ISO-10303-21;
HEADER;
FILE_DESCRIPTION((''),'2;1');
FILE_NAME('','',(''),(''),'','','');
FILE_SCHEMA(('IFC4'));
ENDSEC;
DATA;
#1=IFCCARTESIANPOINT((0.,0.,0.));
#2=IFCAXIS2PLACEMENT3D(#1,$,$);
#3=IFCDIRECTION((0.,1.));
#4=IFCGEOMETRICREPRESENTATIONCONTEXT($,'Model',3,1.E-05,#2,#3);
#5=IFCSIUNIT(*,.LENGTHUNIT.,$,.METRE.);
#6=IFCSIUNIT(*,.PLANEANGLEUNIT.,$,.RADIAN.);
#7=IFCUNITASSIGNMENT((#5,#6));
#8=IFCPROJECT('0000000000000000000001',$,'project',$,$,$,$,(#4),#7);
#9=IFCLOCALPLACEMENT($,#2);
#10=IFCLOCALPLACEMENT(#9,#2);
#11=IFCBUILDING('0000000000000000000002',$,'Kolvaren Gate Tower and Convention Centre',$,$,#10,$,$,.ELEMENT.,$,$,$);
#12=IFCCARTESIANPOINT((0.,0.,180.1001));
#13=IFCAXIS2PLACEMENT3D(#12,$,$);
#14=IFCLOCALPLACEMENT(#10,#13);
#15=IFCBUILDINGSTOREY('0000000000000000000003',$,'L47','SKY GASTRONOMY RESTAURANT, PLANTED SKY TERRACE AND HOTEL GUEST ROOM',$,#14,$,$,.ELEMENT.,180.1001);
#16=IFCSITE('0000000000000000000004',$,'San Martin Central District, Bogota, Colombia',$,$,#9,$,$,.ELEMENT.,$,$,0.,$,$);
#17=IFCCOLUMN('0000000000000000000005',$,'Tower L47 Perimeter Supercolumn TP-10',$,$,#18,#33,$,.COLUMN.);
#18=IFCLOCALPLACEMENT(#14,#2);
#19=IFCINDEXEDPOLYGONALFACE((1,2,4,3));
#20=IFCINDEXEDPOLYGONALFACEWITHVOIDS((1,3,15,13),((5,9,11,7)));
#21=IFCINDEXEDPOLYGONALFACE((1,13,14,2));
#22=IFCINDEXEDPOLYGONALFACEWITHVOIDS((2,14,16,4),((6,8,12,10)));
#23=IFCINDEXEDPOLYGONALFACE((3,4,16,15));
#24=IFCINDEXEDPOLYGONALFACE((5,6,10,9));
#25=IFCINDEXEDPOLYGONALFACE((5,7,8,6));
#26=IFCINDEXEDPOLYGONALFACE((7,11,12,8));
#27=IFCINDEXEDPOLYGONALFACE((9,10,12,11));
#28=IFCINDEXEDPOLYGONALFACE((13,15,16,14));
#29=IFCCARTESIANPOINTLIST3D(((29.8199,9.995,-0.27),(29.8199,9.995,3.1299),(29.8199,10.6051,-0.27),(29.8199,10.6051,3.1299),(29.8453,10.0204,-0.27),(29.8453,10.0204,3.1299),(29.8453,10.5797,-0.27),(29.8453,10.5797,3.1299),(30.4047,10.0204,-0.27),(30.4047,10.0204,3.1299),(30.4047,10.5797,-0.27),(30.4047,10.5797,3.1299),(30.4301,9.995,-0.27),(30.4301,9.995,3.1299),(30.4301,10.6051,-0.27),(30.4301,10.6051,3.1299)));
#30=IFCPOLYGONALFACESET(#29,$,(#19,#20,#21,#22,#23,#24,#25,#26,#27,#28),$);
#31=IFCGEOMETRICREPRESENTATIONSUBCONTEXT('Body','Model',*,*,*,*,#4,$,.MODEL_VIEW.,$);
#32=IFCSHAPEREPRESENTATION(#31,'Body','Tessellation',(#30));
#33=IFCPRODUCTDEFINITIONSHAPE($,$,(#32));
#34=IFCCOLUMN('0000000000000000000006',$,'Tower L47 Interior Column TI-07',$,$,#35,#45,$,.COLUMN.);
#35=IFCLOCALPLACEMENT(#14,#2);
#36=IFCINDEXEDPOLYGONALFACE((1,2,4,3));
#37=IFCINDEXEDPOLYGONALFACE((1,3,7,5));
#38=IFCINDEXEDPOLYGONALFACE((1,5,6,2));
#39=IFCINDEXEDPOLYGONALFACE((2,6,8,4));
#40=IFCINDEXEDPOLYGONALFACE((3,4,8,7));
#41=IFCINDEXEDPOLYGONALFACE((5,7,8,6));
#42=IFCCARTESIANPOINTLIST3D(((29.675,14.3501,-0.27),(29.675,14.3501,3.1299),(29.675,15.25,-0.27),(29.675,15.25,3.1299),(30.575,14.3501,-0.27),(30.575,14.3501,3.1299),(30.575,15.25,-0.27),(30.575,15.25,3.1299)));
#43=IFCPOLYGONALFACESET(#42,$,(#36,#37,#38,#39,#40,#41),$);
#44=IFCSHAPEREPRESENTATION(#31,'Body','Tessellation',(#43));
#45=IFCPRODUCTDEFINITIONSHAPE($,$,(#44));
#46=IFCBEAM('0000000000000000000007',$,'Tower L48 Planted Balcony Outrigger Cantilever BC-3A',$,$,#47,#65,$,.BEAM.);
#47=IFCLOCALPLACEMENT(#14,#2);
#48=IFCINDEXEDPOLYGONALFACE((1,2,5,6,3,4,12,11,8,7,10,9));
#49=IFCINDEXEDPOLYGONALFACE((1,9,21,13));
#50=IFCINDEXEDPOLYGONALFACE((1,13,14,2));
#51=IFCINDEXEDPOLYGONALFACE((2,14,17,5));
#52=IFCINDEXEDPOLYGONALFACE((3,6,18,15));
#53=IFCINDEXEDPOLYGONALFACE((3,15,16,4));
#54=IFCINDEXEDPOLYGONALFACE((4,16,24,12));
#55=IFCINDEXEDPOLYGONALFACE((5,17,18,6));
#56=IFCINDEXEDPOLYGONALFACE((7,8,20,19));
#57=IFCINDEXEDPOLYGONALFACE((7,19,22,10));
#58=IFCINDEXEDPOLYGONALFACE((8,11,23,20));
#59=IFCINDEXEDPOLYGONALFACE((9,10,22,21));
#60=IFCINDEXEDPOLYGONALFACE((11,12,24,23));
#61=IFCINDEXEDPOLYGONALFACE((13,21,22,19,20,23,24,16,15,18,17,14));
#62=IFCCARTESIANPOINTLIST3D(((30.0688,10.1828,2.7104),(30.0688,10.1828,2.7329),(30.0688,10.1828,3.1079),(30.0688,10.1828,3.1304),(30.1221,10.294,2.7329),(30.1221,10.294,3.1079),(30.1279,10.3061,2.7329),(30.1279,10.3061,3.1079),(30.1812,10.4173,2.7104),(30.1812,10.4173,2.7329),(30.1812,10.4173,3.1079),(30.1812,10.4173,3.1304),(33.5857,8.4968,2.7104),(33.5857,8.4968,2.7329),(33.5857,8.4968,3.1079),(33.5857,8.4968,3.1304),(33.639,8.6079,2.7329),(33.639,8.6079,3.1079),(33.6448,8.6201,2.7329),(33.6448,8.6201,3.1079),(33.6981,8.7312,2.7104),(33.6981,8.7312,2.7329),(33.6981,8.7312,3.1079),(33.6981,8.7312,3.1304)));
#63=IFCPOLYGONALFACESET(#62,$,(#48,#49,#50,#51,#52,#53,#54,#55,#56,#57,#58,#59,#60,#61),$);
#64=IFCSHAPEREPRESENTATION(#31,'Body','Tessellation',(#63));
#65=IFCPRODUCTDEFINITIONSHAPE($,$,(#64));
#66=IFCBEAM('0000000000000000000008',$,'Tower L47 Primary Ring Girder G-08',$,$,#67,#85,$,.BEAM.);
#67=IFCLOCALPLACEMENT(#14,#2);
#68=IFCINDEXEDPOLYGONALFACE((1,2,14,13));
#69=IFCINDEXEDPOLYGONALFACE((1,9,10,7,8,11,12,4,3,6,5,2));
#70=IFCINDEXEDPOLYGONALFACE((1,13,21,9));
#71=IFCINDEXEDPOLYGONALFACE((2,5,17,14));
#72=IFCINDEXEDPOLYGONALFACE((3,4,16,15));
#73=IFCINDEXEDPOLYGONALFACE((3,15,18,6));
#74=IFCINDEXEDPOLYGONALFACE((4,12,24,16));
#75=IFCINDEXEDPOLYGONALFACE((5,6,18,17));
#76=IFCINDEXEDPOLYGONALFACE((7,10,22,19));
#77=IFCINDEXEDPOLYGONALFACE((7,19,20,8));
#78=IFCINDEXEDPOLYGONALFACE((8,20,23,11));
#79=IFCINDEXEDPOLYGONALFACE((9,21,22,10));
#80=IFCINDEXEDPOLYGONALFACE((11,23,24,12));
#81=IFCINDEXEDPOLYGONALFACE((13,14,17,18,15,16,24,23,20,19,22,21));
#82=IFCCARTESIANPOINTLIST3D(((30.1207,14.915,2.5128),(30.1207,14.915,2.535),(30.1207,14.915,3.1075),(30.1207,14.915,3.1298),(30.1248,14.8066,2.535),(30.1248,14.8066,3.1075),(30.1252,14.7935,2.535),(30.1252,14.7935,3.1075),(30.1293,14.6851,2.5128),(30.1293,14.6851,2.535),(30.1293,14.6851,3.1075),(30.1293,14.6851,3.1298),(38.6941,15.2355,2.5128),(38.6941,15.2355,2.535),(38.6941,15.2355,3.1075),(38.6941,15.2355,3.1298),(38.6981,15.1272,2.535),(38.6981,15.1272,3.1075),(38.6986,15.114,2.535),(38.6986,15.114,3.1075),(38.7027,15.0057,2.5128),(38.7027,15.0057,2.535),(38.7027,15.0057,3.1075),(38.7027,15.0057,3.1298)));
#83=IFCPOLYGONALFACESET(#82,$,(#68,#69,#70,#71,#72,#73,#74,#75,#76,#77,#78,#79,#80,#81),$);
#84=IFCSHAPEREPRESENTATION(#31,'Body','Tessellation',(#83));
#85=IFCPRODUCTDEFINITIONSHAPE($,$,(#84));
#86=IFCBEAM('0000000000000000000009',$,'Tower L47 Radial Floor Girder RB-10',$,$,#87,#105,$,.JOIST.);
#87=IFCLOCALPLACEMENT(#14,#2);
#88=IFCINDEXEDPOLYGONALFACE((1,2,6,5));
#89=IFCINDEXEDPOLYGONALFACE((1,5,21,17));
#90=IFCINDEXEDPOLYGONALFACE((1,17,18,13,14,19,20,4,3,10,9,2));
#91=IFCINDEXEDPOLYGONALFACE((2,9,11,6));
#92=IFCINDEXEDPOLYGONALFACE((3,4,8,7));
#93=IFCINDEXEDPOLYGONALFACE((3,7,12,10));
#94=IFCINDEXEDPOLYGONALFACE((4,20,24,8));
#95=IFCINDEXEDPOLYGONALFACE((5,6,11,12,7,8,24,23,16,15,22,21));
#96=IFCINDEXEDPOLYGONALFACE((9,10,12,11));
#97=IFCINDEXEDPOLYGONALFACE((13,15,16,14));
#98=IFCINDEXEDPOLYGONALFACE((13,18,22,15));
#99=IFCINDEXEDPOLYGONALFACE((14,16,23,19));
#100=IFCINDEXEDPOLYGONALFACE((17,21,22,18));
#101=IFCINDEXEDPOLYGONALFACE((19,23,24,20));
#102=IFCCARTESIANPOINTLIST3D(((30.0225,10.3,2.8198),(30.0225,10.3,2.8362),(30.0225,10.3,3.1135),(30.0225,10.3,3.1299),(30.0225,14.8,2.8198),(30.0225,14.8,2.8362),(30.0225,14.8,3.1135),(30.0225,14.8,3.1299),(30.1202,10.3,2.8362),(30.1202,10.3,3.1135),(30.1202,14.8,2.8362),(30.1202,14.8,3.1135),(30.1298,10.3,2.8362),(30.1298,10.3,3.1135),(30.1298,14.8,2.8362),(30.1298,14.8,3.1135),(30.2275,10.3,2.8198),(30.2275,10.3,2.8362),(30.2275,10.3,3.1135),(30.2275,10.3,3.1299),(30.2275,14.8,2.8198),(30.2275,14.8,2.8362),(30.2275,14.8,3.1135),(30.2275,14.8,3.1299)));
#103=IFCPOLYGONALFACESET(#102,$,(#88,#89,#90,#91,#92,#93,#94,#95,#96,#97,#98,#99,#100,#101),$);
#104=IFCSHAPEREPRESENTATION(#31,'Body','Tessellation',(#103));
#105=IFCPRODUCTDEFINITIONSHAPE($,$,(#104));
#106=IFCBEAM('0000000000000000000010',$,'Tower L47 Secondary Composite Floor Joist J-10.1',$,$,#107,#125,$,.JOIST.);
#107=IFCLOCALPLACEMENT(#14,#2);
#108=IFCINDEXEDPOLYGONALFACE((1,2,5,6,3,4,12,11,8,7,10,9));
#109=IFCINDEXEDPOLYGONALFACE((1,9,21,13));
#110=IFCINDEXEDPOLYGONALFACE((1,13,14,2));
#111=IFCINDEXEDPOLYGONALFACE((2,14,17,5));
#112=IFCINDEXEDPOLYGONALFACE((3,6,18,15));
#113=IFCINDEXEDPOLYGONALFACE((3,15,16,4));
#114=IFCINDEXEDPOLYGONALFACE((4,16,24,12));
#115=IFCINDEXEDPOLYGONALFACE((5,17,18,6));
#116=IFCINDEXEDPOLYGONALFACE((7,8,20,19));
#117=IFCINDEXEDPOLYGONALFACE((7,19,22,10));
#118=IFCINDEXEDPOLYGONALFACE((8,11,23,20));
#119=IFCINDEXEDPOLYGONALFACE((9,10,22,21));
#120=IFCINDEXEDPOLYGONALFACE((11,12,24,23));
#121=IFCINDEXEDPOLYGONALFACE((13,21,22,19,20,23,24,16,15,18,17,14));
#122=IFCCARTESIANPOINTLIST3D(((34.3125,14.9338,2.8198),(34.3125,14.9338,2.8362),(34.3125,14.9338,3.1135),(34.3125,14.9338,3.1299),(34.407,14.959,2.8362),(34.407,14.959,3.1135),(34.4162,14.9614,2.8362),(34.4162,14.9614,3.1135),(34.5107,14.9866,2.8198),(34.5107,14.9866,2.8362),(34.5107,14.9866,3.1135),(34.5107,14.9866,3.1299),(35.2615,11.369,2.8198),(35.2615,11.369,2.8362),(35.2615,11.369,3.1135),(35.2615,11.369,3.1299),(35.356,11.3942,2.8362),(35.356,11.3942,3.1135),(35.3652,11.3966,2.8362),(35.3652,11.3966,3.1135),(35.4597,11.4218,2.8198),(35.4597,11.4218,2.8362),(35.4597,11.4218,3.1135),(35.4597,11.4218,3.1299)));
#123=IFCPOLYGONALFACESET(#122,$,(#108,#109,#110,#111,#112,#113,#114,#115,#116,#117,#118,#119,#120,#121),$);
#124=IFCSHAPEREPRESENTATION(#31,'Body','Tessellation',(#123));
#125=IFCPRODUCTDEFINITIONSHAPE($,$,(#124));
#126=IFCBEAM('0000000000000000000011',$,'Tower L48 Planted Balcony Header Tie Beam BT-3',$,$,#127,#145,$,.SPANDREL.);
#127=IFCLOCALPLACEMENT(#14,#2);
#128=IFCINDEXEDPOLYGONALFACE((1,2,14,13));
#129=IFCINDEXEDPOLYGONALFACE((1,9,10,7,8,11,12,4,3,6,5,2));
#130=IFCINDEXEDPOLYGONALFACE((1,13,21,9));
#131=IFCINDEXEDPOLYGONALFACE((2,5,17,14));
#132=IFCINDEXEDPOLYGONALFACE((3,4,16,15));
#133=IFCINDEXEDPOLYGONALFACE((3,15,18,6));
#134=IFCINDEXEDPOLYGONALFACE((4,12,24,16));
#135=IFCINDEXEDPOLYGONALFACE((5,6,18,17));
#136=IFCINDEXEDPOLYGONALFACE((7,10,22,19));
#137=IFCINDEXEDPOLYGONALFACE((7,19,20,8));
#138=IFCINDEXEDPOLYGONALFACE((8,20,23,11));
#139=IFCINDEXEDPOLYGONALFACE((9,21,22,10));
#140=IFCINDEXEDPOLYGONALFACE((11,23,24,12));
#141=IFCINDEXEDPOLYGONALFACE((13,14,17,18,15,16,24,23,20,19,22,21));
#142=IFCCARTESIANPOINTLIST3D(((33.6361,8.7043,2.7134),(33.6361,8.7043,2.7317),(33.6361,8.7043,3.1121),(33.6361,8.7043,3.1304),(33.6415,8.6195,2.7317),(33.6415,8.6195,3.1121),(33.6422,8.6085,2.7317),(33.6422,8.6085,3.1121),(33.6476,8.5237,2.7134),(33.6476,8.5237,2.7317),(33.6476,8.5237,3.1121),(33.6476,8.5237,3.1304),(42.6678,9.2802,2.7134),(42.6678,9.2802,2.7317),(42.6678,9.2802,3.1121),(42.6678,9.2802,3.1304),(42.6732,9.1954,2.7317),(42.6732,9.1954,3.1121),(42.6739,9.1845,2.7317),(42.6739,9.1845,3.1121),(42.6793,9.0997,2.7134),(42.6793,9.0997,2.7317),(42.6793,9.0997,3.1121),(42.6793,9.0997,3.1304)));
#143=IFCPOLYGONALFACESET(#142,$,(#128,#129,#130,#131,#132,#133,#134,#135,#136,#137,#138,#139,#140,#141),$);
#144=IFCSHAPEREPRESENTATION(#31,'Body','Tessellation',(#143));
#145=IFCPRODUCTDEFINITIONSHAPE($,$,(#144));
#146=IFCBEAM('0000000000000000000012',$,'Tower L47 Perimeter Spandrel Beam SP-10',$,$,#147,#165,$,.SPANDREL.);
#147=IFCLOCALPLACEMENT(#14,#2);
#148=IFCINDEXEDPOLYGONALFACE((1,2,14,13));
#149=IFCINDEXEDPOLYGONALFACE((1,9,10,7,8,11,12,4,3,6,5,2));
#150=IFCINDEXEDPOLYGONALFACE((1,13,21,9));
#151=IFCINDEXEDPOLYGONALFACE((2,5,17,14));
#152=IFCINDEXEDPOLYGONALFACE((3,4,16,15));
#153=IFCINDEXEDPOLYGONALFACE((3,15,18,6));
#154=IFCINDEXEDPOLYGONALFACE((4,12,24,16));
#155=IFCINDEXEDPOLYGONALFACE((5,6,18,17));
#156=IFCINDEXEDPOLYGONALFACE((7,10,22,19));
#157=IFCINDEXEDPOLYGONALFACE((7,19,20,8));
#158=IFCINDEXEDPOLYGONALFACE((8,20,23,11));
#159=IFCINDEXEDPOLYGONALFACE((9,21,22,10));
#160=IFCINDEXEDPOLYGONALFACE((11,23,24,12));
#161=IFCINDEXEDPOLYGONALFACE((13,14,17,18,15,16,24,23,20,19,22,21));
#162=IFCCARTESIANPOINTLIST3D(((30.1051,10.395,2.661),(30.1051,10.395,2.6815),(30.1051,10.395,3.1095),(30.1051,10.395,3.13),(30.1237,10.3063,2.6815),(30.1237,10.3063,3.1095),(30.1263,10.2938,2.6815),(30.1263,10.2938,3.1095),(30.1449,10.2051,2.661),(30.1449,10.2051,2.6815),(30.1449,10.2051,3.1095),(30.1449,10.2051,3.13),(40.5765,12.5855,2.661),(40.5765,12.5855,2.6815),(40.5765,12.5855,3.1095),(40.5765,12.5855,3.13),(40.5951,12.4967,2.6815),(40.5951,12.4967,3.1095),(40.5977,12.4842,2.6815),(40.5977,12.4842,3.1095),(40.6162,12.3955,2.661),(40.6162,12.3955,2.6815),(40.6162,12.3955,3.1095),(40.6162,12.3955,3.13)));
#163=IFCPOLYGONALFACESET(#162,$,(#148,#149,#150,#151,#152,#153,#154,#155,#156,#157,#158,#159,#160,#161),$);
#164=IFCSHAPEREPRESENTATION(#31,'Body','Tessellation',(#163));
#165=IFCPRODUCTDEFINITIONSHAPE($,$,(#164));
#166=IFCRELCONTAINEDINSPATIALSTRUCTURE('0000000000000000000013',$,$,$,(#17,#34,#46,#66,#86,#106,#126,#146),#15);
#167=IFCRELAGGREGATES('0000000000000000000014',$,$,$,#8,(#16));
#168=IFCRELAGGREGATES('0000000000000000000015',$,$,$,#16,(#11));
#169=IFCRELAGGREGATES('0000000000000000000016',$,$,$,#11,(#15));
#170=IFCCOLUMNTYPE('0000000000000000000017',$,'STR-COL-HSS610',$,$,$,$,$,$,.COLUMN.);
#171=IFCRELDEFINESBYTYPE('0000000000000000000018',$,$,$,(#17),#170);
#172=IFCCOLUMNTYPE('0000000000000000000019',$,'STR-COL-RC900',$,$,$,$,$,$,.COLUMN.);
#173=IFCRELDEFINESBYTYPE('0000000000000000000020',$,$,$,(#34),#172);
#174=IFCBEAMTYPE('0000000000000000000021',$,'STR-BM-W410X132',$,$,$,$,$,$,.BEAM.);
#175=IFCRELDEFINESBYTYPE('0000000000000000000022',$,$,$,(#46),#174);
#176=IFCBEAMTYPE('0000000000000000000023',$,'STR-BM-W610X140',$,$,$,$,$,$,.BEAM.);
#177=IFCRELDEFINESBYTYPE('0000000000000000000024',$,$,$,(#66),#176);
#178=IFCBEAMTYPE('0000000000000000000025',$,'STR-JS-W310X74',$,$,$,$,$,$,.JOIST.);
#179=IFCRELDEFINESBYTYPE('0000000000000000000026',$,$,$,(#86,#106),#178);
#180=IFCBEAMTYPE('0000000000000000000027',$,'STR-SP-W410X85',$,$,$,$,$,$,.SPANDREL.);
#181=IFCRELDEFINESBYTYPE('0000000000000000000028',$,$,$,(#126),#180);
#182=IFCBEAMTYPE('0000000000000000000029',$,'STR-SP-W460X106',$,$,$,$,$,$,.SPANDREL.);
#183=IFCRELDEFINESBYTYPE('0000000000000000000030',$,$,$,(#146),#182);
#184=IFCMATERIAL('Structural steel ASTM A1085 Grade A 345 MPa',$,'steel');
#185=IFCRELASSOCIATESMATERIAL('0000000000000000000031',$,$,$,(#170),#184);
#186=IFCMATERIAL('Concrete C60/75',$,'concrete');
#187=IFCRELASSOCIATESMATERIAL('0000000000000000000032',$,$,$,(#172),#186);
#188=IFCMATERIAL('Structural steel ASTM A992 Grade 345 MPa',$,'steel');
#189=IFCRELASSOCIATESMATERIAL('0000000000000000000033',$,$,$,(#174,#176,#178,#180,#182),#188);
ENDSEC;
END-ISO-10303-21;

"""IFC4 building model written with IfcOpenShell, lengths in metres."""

from ifc_helpers import new_model, si_unit, direction, frame, origin, origin_2d, place, context, subcontext, project, spatial, rectangle, hollow_rectangle, i_section, extrude, material, material_profile, profile_set, type_object, element, save


model = new_model("IFC4")

# Units and contexts
model_context = context("Model", 3, precision=1e-05, world=origin(), true_north=direction((0.0, 1.0)))
body_context = subcontext(model_context, "Body", "Model", "MODEL_VIEW")
ifc_project = project(units=[si_unit("LENGTHUNIT", "METRE"), si_unit("PLANEANGLEUNIT", "RADIAN")], contexts=[model_context])

# Site, building, storey
site_placement = place(None, origin())
site = spatial("IfcSite", under=ifc_project, at=site_placement, Name="San Martin Central District, Bogota, Colombia", CompositionType="ELEMENT", RefElevation=0.0)
building_placement = place(site_placement, origin())
building = spatial("IfcBuilding", under=site, at=building_placement, Name="Kolvaren Gate Tower and Convention Centre", CompositionType="ELEMENT")
storey_placement = place(building_placement, frame((0.0, 0.0, 180.1001)))
storey = spatial("IfcBuildingStorey", under=building, at=storey_placement, Name="L47", Description="SKY GASTRONOMY RESTAURANT, PLANTED SKY TERRACE AND HOTEL GUEST ROOM", CompositionType="ELEMENT", Elevation=180.1001)

# Columns
ifc_material_1 = material(Name="Structural steel ASTM A1085 Grade A 345 MPa", Category="steel")
ifc_material_profile_1 = material_profile(ifc_material_1, hollow_rectangle(XDim=0.6101, YDim=0.6101, WallThickness=0.0254, at=origin_2d()), Name="HSS610X610X25.4")
ifc_profile_set_1 = profile_set([ifc_material_profile_1], Name="Structural steel ASTM A1085 Grade A 345 MPa")
column_type_1 = type_object("IfcColumnType", Name="STR-COL-HSS610", PredefinedType="COLUMN", material=ifc_profile_set_1)
column_1_placement = place(storey_placement, frame((30.125, 10.3, -0.27), z_axis=(0.0, 0.0, 1.0), x_axis=(1.0, 0.0, 0.0)))
element("IfcColumn", 1, at=column_1_placement, inside=storey, type_object=column_type_1, Name="Tower L47 Perimeter Supercolumn TP-10", PredefinedType="COLUMN", context=body_context, shape_type="SweptSolid", body=[
    extrude(hollow_rectangle(XDim=0.6101, YDim=0.6101, WallThickness=0.0254, at=origin_2d()), origin(), (0.0, 0.0, 1.0), 3.3999),
])
ifc_material_2 = material(Name="Concrete C60/75", Category="concrete")
ifc_material_profile_2 = material_profile(ifc_material_2, rectangle(XDim=0.8999, YDim=0.8999, at=origin_2d()), Name="RC-COL-900X900")
ifc_profile_set_2 = profile_set([ifc_material_profile_2], Name="Concrete C60/75")
column_type_2 = type_object("IfcColumnType", Name="STR-COL-RC900", PredefinedType="COLUMN", material=ifc_profile_set_2)
column_2_placement = place(storey_placement, frame((30.125, 14.8, -0.27), z_axis=(0.0, 0.0, 1.0), x_axis=(1.0, 0.0, 0.0)))
element("IfcColumn", 2, at=column_2_placement, inside=storey, type_object=column_type_2, Name="Tower L47 Interior Column TI-07", PredefinedType="COLUMN", context=body_context, shape_type="SweptSolid", body=[
    extrude(rectangle(XDim=0.8999, YDim=0.8999, at=origin_2d()), origin(), (0.0, 0.0, 1.0), 3.3999),
])

# Beams
ifc_material_3 = material(Name="Structural steel ASTM A992 Grade 345 MPa", Category="steel")
ifc_material_profile_3 = material_profile(ifc_material_3, i_section(OverallWidth=0.26, OverallDepth=0.4199, WebThickness=0.0134, FlangeThickness=0.0225, at=origin_2d()), Name="W410X132")
ifc_profile_set_3 = profile_set([ifc_material_profile_3], Name="Structural steel ASTM A992 Grade 345 MPa")
beam_type_1 = type_object("IfcBeamType", Name="STR-BM-W410X132", PredefinedType="BEAM", material=ifc_profile_set_3)
beam_1_placement = place(storey_placement, frame((30.125, 10.3, 2.9204), z_axis=(0.901728, -0.432304, 0.0), x_axis=(0.432304, 0.901728, 0.0)))
element("IfcBeam", 3, at=beam_1_placement, inside=storey, type_object=beam_type_1, Name="Tower L48 Planted Balcony Outrigger Cantilever BC-3A", PredefinedType="BEAM", context=body_context, shape_type="SweptSolid", body=[
    extrude(i_section(OverallWidth=0.26, OverallDepth=0.4199, WebThickness=0.0134, FlangeThickness=0.0225, at=origin_2d()), origin(), (0.0, 0.0, 1.0), 3.9001),
])
ifc_material_profile_4 = material_profile(ifc_material_3, i_section(OverallWidth=0.23, OverallDepth=0.6169, WebThickness=0.0132, FlangeThickness=0.0222, at=origin_2d()), Name="W610X140")
ifc_profile_set_4 = profile_set([ifc_material_profile_4], Name="Structural steel ASTM A992 Grade 345 MPa")
beam_type_2 = type_object("IfcBeamType", Name="STR-BM-W610X140", PredefinedType="BEAM", material=ifc_profile_set_4)
beam_2_placement = place(storey_placement, frame((30.125, 14.8, 2.8213), z_axis=(0.999302, 0.037364, 0.0), x_axis=(-0.037364, 0.999302, 0.0)))
element("IfcBeam", 4, at=beam_2_placement, inside=storey, type_object=beam_type_2, Name="Tower L47 Primary Ring Girder G-08", PredefinedType="BEAM", context=body_context, shape_type="SweptSolid", body=[
    extrude(i_section(OverallWidth=0.23, OverallDepth=0.6169, WebThickness=0.0132, FlangeThickness=0.0222, at=origin_2d()), origin(), (0.0, 0.0, 1.0), 8.5793),
])
ifc_material_profile_5 = material_profile(ifc_material_3, i_section(OverallWidth=0.2051, OverallDepth=0.3101, WebThickness=0.0095, FlangeThickness=0.0164, at=origin_2d()), Name="W310X74")
ifc_profile_set_5 = profile_set([ifc_material_profile_5], Name="Structural steel ASTM A992 Grade 345 MPa")
beam_type_3 = type_object("IfcBeamType", Name="STR-JS-W310X74", PredefinedType="JOIST", material=ifc_profile_set_5)
beam_3_placement = place(storey_placement, frame((30.125, 14.8, 2.9749), z_axis=(0.0, -1.0, 0.0), x_axis=(1.0, 0.0, 0.0)))
element("IfcBeam", 5, at=beam_3_placement, inside=storey, type_object=beam_type_3, Name="Tower L47 Radial Floor Girder RB-10", PredefinedType="JOIST", context=body_context, shape_type="SweptSolid", body=[
    extrude(i_section(OverallWidth=0.2051, OverallDepth=0.3101, WebThickness=0.0095, FlangeThickness=0.0164, at=origin_2d()), origin(), (0.0, 0.0, 1.0), 4.5),
])
beam_4_placement = place(storey_placement, frame((34.4116, 14.9602, 2.9749), z_axis=(0.257238, -0.966348, 0.0), x_axis=(0.966348, 0.257238, 0.0)))
element("IfcBeam", 6, at=beam_4_placement, inside=storey, type_object=beam_type_3, Name="Tower L47 Secondary Composite Floor Joist J-10.1", PredefinedType="JOIST", context=body_context, shape_type="SweptSolid", body=[
    extrude(i_section(OverallWidth=0.2051, OverallDepth=0.3101, WebThickness=0.0095, FlangeThickness=0.0164, at=origin_2d()), origin(), (0.0, 0.0, 1.0), 3.689),
])
ifc_material_profile_6 = material_profile(ifc_material_3, i_section(OverallWidth=0.1809, OverallDepth=0.417, WebThickness=0.011, FlangeThickness=0.0183, at=origin_2d()), Name="W410X85")
ifc_profile_set_6 = profile_set([ifc_material_profile_6], Name="Structural steel ASTM A992 Grade 345 MPa")
beam_type_4 = type_object("IfcBeamType", Name="STR-SP-W410X85", PredefinedType="SPANDREL", material=ifc_profile_set_6)
beam_5_placement = place(storey_placement, frame((33.6418, 8.614, 2.9219), z_axis=(0.997973, 0.063638, 0.0), x_axis=(-0.063638, 0.997973, 0.0)))
element("IfcBeam", 7, at=beam_5_placement, inside=storey, type_object=beam_type_4, Name="Tower L48 Planted Balcony Header Tie Beam BT-3", PredefinedType="SPANDREL", context=body_context, shape_type="SweptSolid", body=[
    extrude(i_section(OverallWidth=0.1809, OverallDepth=0.417, WebThickness=0.011, FlangeThickness=0.0183, at=origin_2d()), origin(), (0.0, 0.0, 1.0), 9.05),
])
ifc_material_profile_7 = material_profile(ifc_material_3, i_section(OverallWidth=0.1941, OverallDepth=0.469, WebThickness=0.0127, FlangeThickness=0.0205, at=origin_2d()), Name="W460X106")
ifc_profile_set_7 = profile_set([ifc_material_profile_7], Name="Structural steel ASTM A992 Grade 345 MPa")
beam_type_5 = type_object("IfcBeamType", Name="STR-SP-W460X106", PredefinedType="SPANDREL", material=ifc_profile_set_7)
beam_6_placement = place(storey_placement, frame((30.125, 10.3, 2.8955), z_axis=(0.978814, 0.20475, 0.0), x_axis=(-0.20475, 0.978814, 0.0)))
element("IfcBeam", 8, at=beam_6_placement, inside=storey, type_object=beam_type_5, Name="Tower L47 Perimeter Spandrel Beam SP-10", PredefinedType="SPANDREL", context=body_context, shape_type="SweptSolid", body=[
    extrude(i_section(OverallWidth=0.1941, OverallDepth=0.469, WebThickness=0.0127, FlangeThickness=0.0205, at=origin_2d()), origin(), (0.0, 0.0, 1.0), 10.698),
])

save(model, "model.ifc")
